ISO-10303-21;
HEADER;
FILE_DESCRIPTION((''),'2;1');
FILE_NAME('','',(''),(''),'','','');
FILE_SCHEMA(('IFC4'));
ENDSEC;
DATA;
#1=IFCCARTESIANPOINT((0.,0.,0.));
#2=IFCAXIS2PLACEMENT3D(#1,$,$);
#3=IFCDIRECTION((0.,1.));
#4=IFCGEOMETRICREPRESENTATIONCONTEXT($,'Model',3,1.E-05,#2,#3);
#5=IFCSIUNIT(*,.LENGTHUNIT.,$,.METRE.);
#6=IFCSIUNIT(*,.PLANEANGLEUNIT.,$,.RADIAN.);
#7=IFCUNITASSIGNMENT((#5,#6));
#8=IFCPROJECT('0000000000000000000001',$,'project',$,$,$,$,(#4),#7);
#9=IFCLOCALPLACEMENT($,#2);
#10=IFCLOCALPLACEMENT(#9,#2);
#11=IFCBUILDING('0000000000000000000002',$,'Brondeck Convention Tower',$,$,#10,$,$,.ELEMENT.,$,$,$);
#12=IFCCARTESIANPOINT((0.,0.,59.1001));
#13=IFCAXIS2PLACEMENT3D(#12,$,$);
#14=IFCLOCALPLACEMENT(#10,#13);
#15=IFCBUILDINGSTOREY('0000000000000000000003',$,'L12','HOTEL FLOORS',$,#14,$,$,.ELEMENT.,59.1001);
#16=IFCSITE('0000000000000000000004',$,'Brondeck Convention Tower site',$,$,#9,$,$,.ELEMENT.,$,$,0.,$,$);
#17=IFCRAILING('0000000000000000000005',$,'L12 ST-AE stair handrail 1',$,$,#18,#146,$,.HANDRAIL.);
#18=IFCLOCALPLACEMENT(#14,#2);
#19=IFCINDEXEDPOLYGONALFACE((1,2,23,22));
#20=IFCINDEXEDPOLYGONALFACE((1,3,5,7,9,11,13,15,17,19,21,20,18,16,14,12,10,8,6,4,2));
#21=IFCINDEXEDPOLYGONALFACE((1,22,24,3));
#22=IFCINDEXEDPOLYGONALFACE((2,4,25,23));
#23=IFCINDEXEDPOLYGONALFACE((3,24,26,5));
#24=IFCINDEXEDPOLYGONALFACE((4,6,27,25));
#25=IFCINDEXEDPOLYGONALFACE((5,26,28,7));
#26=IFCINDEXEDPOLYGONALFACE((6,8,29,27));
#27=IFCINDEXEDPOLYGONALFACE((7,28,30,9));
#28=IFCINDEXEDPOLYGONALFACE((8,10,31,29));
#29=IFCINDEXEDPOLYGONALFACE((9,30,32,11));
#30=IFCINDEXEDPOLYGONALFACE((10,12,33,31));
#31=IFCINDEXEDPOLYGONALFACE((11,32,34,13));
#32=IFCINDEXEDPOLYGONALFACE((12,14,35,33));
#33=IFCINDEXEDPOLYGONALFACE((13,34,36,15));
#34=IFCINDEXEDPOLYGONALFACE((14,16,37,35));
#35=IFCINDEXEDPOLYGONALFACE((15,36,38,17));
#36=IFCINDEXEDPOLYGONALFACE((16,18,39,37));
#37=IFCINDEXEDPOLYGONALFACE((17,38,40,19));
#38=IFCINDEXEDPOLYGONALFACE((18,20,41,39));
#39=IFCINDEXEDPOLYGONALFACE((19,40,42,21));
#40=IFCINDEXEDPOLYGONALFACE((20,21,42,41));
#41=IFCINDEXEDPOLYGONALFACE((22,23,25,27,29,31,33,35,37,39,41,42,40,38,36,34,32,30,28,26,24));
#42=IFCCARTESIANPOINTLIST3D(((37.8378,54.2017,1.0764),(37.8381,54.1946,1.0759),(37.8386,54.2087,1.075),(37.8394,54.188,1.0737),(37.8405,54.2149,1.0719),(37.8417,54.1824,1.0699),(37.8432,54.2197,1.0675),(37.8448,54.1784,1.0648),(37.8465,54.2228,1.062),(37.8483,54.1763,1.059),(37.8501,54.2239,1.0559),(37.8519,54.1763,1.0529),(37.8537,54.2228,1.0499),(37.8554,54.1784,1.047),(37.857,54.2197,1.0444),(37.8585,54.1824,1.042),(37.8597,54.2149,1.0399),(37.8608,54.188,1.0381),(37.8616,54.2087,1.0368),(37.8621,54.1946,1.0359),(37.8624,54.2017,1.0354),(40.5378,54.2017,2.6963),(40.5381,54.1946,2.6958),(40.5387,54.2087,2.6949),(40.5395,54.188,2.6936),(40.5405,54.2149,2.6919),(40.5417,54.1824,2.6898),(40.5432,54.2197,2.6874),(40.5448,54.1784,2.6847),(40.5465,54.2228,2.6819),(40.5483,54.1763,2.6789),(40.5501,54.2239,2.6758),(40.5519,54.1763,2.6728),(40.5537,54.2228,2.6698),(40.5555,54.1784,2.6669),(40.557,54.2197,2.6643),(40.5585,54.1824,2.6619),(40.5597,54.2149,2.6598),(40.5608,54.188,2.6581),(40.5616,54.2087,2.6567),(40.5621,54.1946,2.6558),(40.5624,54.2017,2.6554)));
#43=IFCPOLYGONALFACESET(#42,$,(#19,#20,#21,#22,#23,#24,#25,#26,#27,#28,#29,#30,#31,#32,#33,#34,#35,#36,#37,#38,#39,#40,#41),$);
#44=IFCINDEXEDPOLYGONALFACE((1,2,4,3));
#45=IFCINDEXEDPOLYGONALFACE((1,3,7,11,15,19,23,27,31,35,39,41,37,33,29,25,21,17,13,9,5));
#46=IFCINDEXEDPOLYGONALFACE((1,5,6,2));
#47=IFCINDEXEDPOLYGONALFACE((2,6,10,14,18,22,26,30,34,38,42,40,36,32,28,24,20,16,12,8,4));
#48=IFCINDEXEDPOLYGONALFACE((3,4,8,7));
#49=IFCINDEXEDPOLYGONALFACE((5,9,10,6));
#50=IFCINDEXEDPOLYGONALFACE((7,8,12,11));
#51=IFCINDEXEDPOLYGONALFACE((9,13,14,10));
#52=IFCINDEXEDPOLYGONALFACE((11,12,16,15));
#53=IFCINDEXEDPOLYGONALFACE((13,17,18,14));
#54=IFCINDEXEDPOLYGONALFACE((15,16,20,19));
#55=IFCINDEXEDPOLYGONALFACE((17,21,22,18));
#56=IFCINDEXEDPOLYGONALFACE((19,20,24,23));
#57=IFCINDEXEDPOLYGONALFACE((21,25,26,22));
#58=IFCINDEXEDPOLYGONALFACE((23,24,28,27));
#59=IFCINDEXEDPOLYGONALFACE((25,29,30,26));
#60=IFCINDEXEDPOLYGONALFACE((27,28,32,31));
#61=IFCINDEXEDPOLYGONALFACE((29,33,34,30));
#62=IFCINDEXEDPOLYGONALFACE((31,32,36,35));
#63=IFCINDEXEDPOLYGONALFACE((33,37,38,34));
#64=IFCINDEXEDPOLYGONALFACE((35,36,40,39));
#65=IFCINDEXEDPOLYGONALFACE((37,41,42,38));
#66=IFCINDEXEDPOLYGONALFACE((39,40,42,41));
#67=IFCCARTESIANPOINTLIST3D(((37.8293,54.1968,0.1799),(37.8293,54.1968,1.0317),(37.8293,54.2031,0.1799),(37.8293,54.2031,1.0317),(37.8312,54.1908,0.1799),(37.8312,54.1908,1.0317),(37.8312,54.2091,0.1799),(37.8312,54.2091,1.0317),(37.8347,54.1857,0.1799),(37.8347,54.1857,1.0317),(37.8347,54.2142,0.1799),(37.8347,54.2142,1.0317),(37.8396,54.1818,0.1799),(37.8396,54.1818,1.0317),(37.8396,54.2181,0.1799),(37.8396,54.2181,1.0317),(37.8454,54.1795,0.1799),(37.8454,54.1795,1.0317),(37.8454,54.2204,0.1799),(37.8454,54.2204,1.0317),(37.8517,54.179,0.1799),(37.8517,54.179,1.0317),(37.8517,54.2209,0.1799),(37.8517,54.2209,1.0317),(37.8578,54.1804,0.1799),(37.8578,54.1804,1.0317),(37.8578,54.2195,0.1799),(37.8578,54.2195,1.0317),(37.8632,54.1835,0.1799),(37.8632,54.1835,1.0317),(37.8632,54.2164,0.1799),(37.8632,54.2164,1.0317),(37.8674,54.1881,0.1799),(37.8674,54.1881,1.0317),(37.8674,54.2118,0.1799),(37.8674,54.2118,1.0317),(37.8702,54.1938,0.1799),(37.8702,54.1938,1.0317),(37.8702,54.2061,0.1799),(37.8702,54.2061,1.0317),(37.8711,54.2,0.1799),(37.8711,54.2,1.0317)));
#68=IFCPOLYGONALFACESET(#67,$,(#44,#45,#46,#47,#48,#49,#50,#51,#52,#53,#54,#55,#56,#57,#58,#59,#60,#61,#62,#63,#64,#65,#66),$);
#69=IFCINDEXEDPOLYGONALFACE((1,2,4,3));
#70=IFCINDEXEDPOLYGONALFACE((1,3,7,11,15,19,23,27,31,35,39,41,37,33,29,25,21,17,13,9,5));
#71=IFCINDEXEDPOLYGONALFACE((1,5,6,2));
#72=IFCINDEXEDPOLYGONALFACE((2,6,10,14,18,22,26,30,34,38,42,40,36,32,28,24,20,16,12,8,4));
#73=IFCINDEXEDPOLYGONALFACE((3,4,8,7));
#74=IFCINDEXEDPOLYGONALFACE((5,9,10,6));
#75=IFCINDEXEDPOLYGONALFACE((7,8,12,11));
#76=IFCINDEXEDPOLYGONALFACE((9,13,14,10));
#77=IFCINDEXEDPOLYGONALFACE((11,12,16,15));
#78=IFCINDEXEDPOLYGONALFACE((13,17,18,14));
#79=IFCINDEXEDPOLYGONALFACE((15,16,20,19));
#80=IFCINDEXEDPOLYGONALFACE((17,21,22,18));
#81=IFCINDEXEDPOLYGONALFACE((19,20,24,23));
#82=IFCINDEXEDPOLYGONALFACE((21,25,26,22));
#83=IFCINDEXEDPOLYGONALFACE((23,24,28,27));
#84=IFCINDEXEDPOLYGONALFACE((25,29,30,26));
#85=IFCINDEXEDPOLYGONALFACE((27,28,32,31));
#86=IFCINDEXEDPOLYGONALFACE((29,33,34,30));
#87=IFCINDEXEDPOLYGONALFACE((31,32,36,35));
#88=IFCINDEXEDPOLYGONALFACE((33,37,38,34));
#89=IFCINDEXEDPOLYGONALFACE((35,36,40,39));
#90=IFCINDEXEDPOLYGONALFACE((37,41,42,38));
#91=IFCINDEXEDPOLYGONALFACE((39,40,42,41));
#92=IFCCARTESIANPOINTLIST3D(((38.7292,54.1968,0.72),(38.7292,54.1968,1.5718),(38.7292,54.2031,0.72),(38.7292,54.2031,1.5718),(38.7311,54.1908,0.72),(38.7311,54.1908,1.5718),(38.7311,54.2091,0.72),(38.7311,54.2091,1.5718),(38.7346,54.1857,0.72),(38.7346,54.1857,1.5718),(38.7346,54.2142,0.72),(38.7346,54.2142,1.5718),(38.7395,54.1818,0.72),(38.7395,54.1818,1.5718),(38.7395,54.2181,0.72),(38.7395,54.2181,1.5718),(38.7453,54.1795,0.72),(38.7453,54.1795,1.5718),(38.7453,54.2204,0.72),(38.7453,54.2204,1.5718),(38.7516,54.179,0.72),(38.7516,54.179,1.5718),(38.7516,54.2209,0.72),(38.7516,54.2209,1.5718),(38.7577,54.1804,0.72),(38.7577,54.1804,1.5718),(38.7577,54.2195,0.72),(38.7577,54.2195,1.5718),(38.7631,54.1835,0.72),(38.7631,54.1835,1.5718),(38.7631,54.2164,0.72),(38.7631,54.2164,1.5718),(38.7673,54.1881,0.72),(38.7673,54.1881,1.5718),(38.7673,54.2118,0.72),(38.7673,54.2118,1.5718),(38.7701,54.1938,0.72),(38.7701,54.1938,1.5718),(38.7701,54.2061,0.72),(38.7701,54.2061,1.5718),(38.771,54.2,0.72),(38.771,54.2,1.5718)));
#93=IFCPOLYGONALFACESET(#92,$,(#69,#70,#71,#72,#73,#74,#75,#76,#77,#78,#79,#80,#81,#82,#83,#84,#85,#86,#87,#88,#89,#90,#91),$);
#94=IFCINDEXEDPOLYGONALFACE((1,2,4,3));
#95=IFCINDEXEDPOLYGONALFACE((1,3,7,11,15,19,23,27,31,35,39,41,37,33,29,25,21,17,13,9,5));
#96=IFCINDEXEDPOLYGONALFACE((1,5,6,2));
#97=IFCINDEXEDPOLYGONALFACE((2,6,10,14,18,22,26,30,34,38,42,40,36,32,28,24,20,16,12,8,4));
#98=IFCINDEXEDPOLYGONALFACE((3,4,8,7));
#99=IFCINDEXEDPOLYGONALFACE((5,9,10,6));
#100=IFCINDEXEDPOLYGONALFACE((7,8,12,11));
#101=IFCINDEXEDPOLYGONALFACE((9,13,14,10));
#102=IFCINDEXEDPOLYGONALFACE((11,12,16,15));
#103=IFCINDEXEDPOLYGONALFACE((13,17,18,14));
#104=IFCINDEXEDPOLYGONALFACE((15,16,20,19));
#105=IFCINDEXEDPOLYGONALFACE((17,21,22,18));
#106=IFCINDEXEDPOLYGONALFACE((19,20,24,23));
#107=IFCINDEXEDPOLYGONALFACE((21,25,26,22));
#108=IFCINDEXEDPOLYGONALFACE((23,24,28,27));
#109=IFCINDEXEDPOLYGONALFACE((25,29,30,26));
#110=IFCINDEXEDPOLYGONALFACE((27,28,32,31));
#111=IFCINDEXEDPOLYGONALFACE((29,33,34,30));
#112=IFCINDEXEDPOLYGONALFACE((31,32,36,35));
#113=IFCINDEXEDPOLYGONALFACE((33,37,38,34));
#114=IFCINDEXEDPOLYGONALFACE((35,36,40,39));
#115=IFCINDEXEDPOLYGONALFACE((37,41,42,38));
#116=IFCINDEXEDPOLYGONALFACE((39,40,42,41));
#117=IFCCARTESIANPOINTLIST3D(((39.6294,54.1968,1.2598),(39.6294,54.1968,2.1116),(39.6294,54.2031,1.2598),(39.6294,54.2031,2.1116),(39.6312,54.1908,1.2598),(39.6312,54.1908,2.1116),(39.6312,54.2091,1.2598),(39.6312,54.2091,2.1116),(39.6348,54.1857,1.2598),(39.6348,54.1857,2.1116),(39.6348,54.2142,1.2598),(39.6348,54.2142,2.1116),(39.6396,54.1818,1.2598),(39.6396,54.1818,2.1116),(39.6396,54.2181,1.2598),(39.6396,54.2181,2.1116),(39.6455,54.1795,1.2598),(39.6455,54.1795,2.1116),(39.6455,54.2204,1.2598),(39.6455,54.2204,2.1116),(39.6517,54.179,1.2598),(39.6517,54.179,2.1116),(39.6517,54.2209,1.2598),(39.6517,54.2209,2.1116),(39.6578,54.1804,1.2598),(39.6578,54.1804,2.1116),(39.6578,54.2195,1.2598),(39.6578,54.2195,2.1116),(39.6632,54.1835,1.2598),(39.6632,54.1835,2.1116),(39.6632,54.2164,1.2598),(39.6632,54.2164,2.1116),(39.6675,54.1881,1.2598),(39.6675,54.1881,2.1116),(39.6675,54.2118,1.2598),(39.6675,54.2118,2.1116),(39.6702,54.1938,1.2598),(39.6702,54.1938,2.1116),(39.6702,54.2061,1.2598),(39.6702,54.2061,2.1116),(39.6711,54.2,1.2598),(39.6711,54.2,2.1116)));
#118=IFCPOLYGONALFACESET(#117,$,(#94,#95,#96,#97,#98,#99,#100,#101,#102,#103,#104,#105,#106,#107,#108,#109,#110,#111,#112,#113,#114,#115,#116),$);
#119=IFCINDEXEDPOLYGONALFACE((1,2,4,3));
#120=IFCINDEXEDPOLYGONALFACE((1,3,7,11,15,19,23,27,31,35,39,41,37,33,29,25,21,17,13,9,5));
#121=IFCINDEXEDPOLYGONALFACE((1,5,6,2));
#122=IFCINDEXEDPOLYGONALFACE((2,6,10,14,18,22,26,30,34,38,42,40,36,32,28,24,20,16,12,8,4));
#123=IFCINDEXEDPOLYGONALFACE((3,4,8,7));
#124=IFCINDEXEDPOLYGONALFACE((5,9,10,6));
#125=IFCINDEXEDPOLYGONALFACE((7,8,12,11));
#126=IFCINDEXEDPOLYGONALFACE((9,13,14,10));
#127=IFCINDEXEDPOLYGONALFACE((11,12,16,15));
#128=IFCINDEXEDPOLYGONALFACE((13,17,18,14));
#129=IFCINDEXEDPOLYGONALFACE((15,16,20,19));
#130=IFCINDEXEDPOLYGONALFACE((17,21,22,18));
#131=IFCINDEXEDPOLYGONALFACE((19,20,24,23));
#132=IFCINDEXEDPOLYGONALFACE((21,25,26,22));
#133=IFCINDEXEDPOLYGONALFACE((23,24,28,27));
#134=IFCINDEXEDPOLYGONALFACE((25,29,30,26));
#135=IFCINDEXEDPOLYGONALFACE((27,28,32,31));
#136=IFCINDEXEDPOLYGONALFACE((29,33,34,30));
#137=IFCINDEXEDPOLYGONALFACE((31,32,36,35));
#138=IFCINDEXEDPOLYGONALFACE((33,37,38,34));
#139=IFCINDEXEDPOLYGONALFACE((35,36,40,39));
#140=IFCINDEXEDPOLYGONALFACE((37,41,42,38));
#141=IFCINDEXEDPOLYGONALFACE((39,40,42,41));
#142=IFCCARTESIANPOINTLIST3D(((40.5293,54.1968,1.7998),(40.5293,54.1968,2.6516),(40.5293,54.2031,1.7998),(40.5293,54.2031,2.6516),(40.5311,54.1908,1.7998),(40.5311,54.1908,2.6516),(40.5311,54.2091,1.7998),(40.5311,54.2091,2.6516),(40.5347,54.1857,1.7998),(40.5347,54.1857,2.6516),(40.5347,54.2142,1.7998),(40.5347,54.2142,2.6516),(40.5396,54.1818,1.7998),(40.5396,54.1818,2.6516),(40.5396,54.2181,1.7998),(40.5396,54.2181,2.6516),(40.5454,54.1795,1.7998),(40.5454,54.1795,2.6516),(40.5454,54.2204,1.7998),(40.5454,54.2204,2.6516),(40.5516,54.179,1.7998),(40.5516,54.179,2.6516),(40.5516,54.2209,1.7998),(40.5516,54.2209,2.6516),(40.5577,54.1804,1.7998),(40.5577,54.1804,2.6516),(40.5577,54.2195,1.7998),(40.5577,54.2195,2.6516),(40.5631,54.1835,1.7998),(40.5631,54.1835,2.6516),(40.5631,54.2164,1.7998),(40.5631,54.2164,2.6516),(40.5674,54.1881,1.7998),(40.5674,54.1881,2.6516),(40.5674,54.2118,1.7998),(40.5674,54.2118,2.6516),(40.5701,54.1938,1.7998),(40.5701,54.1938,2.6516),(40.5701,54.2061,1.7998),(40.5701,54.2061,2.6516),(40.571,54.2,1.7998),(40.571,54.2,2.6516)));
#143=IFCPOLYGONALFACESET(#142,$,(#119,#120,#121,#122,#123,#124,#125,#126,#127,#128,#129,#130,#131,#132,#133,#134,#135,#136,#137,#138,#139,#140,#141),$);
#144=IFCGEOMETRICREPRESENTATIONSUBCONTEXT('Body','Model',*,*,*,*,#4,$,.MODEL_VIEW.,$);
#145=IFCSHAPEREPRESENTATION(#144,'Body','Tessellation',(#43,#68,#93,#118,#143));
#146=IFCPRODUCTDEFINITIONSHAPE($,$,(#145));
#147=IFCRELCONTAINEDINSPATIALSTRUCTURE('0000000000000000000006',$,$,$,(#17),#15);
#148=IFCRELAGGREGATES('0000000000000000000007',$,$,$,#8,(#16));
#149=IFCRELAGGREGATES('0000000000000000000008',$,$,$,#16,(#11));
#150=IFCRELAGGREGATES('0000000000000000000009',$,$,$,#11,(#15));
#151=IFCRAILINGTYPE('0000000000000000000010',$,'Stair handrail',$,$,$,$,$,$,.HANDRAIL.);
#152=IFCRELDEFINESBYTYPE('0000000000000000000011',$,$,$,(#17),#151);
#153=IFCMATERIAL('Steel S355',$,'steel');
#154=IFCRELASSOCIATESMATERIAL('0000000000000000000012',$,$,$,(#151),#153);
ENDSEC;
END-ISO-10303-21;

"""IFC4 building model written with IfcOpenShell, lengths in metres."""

from ifc_helpers import new_model, si_unit, direction, frame, origin, origin_2d, place, context, subcontext, project, spatial, circle, extrude, material, type_object, element, save


model = new_model("IFC4")

# Units and contexts
model_context = context("Model", 3, precision=1e-05, world=origin(), true_north=direction((0.0, 1.0)))
body_context = subcontext(model_context, "Body", "Model", "MODEL_VIEW")
ifc_project = project(units=[si_unit("LENGTHUNIT", "METRE"), si_unit("PLANEANGLEUNIT", "RADIAN")], contexts=[model_context])

# Site, building, storey
site_placement = place(None, origin())
site = spatial("IfcSite", under=ifc_project, at=site_placement, Name="Brondeck Convention Tower site", CompositionType="ELEMENT", RefElevation=0.0)
building_placement = place(site_placement, origin())
building = spatial("IfcBuilding", under=site, at=building_placement, Name="Brondeck Convention Tower", CompositionType="ELEMENT")
storey_placement = place(building_placement, frame((0.0, 0.0, 59.1001)))
storey = spatial("IfcBuildingStorey", under=building, at=storey_placement, Name="L12", Description="HOTEL FLOORS", CompositionType="ELEMENT", Elevation=59.1001)

# Railing
ifc_material_1 = material(Name="Steel S355", Category="steel")
railing_type_1 = type_object("IfcRailingType", Name="Stair handrail", PredefinedType="HANDRAIL", material=ifc_material_1)
railing_1_placement = place(storey_placement, frame((37.8501, 54.2, 0.1799)))
element("IfcRailing", 1, at=railing_1_placement, inside=storey, type_object=railing_type_1, Name="L12 ST-AE stair handrail 1", PredefinedType="HANDRAIL", context=body_context, shape_type="SweptSolid", body=[
    extrude(circle(Radius=0.0239, at=origin_2d()), frame((0.0, 0.0, 0.876), z_axis=(0.857507, 0.0, 0.514473), x_axis=(0.0, 1.0, 0.0)), (0.0, 0.0, 1.0), 3.1487),
    extrude(circle(Radius=0.021, at=origin_2d()), origin(), (0.0, 0.0, 1.0), 0.8518),
    extrude(circle(Radius=0.021, at=origin_2d()), frame((0.8999, 0.0, 0.54)), (0.0, 0.0, 1.0), 0.8518),
    extrude(circle(Radius=0.021, at=origin_2d()), frame((1.8, 0.0, 1.0798)), (0.0, 0.0, 1.0), 0.8518),
    extrude(circle(Radius=0.021, at=origin_2d()), frame((2.7, 0.0, 1.6199)), (0.0, 0.0, 1.0), 0.8518),
])

save(model, "model.ifc")
